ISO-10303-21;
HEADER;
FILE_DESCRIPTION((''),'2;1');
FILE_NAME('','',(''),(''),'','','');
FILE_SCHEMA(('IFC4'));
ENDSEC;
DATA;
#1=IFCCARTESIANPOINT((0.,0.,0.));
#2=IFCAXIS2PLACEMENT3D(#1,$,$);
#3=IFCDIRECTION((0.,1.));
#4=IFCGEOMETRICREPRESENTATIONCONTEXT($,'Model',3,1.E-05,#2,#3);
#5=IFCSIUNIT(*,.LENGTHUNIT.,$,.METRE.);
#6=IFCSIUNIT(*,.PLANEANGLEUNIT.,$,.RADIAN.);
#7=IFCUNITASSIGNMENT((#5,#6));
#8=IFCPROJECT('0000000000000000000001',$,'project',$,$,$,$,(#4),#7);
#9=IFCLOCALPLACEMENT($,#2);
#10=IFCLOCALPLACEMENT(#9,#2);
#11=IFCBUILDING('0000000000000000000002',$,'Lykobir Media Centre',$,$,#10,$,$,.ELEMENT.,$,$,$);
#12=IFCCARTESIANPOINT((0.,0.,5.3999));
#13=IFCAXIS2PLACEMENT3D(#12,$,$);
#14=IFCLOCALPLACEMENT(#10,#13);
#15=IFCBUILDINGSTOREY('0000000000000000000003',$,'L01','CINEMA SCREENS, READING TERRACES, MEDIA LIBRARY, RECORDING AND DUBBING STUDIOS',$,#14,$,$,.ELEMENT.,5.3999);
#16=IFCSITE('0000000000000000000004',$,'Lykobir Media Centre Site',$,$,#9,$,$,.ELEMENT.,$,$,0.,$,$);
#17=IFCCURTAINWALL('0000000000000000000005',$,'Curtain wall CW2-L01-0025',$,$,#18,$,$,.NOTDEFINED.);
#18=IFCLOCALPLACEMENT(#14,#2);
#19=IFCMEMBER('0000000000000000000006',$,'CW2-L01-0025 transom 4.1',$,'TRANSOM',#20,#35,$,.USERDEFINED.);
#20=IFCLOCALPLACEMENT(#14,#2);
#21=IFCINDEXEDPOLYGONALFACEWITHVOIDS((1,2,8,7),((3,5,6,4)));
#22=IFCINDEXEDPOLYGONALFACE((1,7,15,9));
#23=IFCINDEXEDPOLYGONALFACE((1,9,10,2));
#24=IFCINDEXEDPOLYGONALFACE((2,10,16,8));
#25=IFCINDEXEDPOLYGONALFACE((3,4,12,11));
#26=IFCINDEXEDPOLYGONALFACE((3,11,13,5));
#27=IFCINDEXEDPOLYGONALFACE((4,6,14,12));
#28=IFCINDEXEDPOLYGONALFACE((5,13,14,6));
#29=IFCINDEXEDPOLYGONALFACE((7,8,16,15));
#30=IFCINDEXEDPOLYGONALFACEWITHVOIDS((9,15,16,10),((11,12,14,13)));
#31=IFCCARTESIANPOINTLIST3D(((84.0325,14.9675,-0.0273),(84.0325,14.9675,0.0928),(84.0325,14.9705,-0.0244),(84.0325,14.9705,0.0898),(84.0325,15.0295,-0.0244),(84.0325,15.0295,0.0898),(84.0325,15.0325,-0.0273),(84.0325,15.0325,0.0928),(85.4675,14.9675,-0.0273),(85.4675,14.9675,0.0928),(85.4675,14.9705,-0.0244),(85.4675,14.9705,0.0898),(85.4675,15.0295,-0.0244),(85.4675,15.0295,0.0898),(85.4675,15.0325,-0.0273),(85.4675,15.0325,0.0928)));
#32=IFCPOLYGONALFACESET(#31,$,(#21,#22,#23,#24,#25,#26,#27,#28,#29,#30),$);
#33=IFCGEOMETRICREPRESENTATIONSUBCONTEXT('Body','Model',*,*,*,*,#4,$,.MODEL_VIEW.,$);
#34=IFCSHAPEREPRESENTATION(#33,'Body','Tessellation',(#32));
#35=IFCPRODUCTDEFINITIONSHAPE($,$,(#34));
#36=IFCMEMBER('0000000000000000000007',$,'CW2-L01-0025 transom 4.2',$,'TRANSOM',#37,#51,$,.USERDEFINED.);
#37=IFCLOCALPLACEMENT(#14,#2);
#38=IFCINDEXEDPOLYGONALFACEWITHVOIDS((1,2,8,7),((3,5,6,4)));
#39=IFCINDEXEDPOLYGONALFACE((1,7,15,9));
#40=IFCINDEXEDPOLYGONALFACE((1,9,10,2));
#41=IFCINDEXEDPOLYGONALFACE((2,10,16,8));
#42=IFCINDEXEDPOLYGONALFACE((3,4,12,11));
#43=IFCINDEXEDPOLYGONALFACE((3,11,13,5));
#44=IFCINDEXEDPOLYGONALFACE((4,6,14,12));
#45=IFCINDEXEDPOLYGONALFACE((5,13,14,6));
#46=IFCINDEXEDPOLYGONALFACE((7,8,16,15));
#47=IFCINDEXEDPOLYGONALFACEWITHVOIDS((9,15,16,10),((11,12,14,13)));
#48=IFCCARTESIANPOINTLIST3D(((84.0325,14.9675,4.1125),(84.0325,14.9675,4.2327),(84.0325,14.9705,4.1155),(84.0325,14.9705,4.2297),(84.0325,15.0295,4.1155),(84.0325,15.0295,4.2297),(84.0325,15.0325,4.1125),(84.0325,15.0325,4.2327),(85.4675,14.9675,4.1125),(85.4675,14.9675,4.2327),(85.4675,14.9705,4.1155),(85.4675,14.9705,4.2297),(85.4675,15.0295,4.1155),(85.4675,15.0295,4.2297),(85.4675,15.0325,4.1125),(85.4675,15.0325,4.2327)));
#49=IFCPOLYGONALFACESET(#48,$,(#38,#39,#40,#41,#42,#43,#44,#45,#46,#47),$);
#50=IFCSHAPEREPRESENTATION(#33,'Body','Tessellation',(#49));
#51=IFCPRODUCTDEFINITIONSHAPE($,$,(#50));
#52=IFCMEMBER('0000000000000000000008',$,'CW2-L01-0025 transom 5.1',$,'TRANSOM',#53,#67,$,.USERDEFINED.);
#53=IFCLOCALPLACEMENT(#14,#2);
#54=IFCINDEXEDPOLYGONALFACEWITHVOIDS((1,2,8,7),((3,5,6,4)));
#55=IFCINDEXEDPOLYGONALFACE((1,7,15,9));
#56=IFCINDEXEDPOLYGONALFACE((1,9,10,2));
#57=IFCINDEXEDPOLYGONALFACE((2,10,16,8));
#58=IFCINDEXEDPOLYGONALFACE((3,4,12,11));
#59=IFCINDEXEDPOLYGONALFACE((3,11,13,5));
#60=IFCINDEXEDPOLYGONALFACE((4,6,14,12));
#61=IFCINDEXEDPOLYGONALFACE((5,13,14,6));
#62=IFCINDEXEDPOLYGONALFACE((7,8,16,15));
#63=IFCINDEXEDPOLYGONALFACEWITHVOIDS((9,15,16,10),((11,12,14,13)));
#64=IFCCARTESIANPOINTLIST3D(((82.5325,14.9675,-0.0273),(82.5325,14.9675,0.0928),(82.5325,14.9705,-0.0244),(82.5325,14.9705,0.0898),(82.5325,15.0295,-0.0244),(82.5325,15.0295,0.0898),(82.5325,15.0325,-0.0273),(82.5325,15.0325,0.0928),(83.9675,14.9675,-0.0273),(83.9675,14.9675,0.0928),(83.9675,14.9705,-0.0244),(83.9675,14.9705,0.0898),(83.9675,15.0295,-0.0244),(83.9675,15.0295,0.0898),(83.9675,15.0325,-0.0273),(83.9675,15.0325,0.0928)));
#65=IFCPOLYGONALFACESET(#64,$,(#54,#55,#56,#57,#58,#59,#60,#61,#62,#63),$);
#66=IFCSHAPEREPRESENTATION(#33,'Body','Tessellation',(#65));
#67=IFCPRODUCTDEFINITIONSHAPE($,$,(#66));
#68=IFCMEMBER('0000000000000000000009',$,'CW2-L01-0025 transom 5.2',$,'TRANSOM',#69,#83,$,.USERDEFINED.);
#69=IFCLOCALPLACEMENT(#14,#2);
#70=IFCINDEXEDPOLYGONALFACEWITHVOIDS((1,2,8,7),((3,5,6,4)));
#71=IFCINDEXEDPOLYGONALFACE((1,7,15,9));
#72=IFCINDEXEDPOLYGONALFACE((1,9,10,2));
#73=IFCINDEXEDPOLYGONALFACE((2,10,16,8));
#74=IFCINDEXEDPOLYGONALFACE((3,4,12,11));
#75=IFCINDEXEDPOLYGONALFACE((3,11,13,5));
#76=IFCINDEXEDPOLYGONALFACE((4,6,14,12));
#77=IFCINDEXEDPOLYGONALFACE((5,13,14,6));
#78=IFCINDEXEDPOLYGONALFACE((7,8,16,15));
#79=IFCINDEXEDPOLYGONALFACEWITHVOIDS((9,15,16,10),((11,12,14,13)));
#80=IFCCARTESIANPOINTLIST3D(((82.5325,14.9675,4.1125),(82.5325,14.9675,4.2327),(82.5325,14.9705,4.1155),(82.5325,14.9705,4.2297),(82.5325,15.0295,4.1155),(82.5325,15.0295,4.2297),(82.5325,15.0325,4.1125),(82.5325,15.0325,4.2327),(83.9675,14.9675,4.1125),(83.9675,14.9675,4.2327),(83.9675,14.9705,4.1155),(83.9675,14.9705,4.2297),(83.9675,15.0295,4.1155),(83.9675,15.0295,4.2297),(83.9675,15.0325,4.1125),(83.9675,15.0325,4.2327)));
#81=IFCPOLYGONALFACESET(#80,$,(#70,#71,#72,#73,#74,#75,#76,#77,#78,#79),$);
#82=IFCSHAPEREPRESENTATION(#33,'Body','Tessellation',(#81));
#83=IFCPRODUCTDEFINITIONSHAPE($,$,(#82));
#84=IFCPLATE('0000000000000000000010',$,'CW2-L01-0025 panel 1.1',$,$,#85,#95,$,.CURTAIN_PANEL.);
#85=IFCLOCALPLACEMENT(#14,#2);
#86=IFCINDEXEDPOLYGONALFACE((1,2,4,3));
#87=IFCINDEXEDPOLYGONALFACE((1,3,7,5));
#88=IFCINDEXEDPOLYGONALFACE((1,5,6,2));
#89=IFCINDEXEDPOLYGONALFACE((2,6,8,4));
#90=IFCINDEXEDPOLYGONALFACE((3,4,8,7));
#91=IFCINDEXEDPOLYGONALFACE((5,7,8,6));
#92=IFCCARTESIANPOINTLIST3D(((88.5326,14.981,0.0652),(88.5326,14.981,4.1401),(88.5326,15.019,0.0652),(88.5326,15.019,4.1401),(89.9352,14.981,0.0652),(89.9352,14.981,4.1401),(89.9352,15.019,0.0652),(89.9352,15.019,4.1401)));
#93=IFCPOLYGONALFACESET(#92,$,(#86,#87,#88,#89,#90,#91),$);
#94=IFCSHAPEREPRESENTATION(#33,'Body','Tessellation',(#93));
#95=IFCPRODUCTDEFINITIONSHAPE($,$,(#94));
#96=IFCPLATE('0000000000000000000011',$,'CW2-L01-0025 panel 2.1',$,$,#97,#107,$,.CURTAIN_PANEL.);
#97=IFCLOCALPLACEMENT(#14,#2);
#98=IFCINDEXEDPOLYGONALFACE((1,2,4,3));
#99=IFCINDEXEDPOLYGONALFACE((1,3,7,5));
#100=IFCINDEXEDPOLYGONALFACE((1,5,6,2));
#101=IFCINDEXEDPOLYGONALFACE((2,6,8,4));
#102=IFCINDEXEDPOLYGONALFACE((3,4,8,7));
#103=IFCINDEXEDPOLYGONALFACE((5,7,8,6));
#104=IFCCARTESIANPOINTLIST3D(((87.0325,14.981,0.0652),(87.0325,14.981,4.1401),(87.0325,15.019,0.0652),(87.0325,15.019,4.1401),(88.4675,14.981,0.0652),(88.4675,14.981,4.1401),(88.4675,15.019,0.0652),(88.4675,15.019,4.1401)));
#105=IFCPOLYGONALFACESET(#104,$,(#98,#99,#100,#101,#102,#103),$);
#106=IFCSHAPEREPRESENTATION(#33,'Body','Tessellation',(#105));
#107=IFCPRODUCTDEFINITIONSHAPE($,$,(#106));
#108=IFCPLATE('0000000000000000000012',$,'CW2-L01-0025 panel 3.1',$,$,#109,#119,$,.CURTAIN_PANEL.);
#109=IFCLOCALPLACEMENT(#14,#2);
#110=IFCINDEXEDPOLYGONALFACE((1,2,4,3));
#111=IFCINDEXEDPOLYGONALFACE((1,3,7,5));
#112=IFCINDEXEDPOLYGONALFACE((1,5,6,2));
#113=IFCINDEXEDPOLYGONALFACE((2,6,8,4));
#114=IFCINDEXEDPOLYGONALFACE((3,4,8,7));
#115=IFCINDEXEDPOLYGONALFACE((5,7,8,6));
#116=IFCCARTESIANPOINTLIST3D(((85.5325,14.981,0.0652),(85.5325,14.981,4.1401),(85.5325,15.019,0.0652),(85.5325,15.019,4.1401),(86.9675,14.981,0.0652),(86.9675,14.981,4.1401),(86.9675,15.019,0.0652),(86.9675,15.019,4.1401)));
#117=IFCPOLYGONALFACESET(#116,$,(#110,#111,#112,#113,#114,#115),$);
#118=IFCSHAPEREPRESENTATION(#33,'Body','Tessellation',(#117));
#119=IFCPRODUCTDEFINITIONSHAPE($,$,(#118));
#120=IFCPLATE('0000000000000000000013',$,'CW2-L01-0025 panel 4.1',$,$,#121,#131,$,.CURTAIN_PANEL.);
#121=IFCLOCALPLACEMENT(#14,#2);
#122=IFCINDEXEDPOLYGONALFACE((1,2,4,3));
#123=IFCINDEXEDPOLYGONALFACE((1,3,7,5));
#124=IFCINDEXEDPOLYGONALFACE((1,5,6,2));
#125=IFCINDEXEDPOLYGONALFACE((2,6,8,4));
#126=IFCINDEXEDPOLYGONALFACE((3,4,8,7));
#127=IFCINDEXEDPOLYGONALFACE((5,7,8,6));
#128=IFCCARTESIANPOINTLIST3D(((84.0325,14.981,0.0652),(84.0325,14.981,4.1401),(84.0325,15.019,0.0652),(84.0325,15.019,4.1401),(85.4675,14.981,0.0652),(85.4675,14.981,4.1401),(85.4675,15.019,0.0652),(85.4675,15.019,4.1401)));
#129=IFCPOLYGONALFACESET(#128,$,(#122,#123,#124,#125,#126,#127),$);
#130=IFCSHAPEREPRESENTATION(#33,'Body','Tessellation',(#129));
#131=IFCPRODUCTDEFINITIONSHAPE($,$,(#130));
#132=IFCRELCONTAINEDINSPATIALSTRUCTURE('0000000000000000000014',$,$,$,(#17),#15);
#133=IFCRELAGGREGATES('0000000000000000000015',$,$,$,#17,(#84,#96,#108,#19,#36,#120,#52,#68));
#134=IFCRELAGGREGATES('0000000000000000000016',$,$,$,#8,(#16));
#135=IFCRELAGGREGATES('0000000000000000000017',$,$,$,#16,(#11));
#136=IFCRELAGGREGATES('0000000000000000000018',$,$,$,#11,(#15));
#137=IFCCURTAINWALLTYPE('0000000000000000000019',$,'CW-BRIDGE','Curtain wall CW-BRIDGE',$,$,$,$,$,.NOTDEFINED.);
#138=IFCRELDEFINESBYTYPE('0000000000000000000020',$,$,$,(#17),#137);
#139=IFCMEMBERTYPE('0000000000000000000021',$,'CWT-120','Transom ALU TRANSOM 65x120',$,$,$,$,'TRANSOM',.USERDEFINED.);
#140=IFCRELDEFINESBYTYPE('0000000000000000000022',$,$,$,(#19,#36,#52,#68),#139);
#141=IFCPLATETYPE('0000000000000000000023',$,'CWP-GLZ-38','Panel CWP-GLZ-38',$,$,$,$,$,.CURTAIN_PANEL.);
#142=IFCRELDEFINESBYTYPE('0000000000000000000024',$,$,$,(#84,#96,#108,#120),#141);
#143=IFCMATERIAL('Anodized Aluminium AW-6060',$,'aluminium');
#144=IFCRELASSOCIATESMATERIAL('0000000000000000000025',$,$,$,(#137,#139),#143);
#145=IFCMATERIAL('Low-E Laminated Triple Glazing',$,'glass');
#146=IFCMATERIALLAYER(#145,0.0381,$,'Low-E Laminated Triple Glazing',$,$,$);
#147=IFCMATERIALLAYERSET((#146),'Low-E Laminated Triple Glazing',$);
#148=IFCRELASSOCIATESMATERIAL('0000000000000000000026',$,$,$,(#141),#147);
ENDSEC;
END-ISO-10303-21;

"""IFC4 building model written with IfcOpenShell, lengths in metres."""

from ifc_helpers import new_model, si_unit, direction, frame, origin, origin_2d, place, context, subcontext, project, spatial, rectangle, hollow_rectangle, extrude, material, layer, layer_set, material_profile, profile_set, type_object, element, aggregate, save


model = new_model("IFC4")

# Units and contexts
model_context = context("Model", 3, precision=1e-05, world=origin(), true_north=direction((0.0, 1.0)))
body_context = subcontext(model_context, "Body", "Model", "MODEL_VIEW")
ifc_project = project(units=[si_unit("LENGTHUNIT", "METRE"), si_unit("PLANEANGLEUNIT", "RADIAN")], contexts=[model_context])

# Site, building, storey
site_placement = place(None, origin())
site = spatial("IfcSite", under=ifc_project, at=site_placement, Name="Lykobir Media Centre Site", CompositionType="ELEMENT", RefElevation=0.0)
building_placement = place(site_placement, origin())
building = spatial("IfcBuilding", under=site, at=building_placement, Name="Lykobir Media Centre", CompositionType="ELEMENT")
storey_placement = place(building_placement, frame((0.0, 0.0, 5.3999)))
storey = spatial("IfcBuildingStorey", under=building, at=storey_placement, Name="L01", Description="CINEMA SCREENS, READING TERRACES, MEDIA LIBRARY, RECORDING AND DUBBING STUDIOS", CompositionType="ELEMENT", Elevation=5.3999)

# Curtain wall, members, plates
ifc_material_1 = material(Name="Anodized Aluminium AW-6060", Category="aluminium")
curtain_wall_type = type_object("IfcCurtainWallType", Name="CW-BRIDGE", Description="Curtain wall CW-BRIDGE", PredefinedType="NOTDEFINED", material=ifc_material_1)
curtain_wall_placement = place(storey_placement, origin())
curtain_wall = element("IfcCurtainWall", 1, at=curtain_wall_placement, inside=storey, type_object=curtain_wall_type, Name="Curtain wall CW2-L01-0025", PredefinedType="NOTDEFINED")
ifc_material_profile_1 = material_profile(ifc_material_1, hollow_rectangle(XDim=0.0649, YDim=0.1201, WallThickness=0.0029, at=origin_2d()), Name="ALU TRANSOM 65x120")
ifc_profile_set_1 = profile_set([ifc_material_profile_1], Name="Anodized Aluminium AW-6060")
member_type_1 = type_object("IfcMemberType", Name="CWT-120", Description="Transom ALU TRANSOM 65x120", ElementType="TRANSOM", PredefinedType="USERDEFINED", material=ifc_profile_set_1)
member_1_placement = place(storey_placement, frame((85.4675, 15.0, 0.0327), z_axis=(-1.0, 0.0, 0.0), x_axis=(0.0, -1.0, 0.0)))
member_1 = element("IfcMember", 2, at=member_1_placement, type_object=member_type_1, Name="CW2-L01-0025 transom 4.1", ObjectType="TRANSOM", PredefinedType="USERDEFINED", context=body_context, shape_type="SweptSolid", body=[
    extrude(hollow_rectangle(XDim=0.0649, YDim=0.1201, WallThickness=0.0029, at=origin_2d()), origin(), (0.0, 0.0, 1.0), 1.4351),
])
member_2_placement = place(storey_placement, frame((85.4675, 15.0, 4.1726), z_axis=(-1.0, 0.0, 0.0), x_axis=(0.0, -1.0, 0.0)))
member_2 = element("IfcMember", 3, at=member_2_placement, type_object=member_type_1, Name="CW2-L01-0025 transom 4.2", ObjectType="TRANSOM", PredefinedType="USERDEFINED", context=body_context, shape_type="SweptSolid", body=[
    extrude(hollow_rectangle(XDim=0.0649, YDim=0.1201, WallThickness=0.0029, at=origin_2d()), origin(), (0.0, 0.0, 1.0), 1.4351),
])
member_3_placement = place(storey_placement, frame((83.9675, 15.0, 0.0327), z_axis=(-1.0, 0.0, 0.0), x_axis=(0.0, -1.0, 0.0)))
member_3 = element("IfcMember", 4, at=member_3_placement, type_object=member_type_1, Name="CW2-L01-0025 transom 5.1", ObjectType="TRANSOM", PredefinedType="USERDEFINED", context=body_context, shape_type="SweptSolid", body=[
    extrude(hollow_rectangle(XDim=0.0649, YDim=0.1201, WallThickness=0.0029, at=origin_2d()), origin(), (0.0, 0.0, 1.0), 1.4351),
])
member_4_placement = place(storey_placement, frame((83.9675, 15.0, 4.1726), z_axis=(-1.0, 0.0, 0.0), x_axis=(0.0, -1.0, 0.0)))
member_4 = element("IfcMember", 5, at=member_4_placement, type_object=member_type_1, Name="CW2-L01-0025 transom 5.2", ObjectType="TRANSOM", PredefinedType="USERDEFINED", context=body_context, shape_type="SweptSolid", body=[
    extrude(hollow_rectangle(XDim=0.0649, YDim=0.1201, WallThickness=0.0029, at=origin_2d()), origin(), (0.0, 0.0, 1.0), 1.4351),
])
ifc_material_2 = material(Name="Low-E Laminated Triple Glazing", Category="glass")
ifc_layer = layer(ifc_material_2, 0.0381, Name="Low-E Laminated Triple Glazing")
ifc_layer_set = layer_set([ifc_layer], Name="Low-E Laminated Triple Glazing")
plate_type = type_object("IfcPlateType", Name="CWP-GLZ-38", Description="Panel CWP-GLZ-38", PredefinedType="CURTAIN_PANEL", material=ifc_layer_set)
plate_1_placement = place(storey_placement, frame((89.2339, 15.0, 0.0652), z_axis=(0.0, 0.0, 1.0), x_axis=(-1.0, 0.0, 0.0)))
plate_1 = element("IfcPlate", 6, at=plate_1_placement, type_object=plate_type, Name="CW2-L01-0025 panel 1.1", PredefinedType="CURTAIN_PANEL", context=body_context, shape_type="SweptSolid", body=[
    extrude(rectangle(XDim=1.4026, YDim=0.0381, at=origin_2d()), origin(), (0.0, 0.0, 1.0), 4.075),
])
plate_2_placement = place(storey_placement, frame((87.75, 15.0, 0.0652), z_axis=(0.0, 0.0, 1.0), x_axis=(-1.0, 0.0, 0.0)))
plate_2 = element("IfcPlate", 7, at=plate_2_placement, type_object=plate_type, Name="CW2-L01-0025 panel 2.1", PredefinedType="CURTAIN_PANEL", context=body_context, shape_type="SweptSolid", body=[
    extrude(rectangle(XDim=1.4351, YDim=0.0381, at=origin_2d()), origin(), (0.0, 0.0, 1.0), 4.075),
])
plate_3_placement = place(storey_placement, frame((86.25, 15.0, 0.0652), z_axis=(0.0, 0.0, 1.0), x_axis=(-1.0, 0.0, 0.0)))
plate_3 = element("IfcPlate", 8, at=plate_3_placement, type_object=plate_type, Name="CW2-L01-0025 panel 3.1", PredefinedType="CURTAIN_PANEL", context=body_context, shape_type="SweptSolid", body=[
    extrude(rectangle(XDim=1.4351, YDim=0.0381, at=origin_2d()), origin(), (0.0, 0.0, 1.0), 4.075),
])
plate_4_placement = place(storey_placement, frame((84.75, 15.0, 0.0652), z_axis=(0.0, 0.0, 1.0), x_axis=(-1.0, 0.0, 0.0)))
plate_4 = element("IfcPlate", 9, at=plate_4_placement, type_object=plate_type, Name="CW2-L01-0025 panel 4.1", PredefinedType="CURTAIN_PANEL", context=body_context, shape_type="SweptSolid", body=[
    extrude(rectangle(XDim=1.4351, YDim=0.0381, at=origin_2d()), origin(), (0.0, 0.0, 1.0), 4.075),
])
aggregate(curtain_wall, [plate_1, plate_2, plate_3, member_1, member_2, plate_4, member_3, member_4])

save(model, "model.ifc")
